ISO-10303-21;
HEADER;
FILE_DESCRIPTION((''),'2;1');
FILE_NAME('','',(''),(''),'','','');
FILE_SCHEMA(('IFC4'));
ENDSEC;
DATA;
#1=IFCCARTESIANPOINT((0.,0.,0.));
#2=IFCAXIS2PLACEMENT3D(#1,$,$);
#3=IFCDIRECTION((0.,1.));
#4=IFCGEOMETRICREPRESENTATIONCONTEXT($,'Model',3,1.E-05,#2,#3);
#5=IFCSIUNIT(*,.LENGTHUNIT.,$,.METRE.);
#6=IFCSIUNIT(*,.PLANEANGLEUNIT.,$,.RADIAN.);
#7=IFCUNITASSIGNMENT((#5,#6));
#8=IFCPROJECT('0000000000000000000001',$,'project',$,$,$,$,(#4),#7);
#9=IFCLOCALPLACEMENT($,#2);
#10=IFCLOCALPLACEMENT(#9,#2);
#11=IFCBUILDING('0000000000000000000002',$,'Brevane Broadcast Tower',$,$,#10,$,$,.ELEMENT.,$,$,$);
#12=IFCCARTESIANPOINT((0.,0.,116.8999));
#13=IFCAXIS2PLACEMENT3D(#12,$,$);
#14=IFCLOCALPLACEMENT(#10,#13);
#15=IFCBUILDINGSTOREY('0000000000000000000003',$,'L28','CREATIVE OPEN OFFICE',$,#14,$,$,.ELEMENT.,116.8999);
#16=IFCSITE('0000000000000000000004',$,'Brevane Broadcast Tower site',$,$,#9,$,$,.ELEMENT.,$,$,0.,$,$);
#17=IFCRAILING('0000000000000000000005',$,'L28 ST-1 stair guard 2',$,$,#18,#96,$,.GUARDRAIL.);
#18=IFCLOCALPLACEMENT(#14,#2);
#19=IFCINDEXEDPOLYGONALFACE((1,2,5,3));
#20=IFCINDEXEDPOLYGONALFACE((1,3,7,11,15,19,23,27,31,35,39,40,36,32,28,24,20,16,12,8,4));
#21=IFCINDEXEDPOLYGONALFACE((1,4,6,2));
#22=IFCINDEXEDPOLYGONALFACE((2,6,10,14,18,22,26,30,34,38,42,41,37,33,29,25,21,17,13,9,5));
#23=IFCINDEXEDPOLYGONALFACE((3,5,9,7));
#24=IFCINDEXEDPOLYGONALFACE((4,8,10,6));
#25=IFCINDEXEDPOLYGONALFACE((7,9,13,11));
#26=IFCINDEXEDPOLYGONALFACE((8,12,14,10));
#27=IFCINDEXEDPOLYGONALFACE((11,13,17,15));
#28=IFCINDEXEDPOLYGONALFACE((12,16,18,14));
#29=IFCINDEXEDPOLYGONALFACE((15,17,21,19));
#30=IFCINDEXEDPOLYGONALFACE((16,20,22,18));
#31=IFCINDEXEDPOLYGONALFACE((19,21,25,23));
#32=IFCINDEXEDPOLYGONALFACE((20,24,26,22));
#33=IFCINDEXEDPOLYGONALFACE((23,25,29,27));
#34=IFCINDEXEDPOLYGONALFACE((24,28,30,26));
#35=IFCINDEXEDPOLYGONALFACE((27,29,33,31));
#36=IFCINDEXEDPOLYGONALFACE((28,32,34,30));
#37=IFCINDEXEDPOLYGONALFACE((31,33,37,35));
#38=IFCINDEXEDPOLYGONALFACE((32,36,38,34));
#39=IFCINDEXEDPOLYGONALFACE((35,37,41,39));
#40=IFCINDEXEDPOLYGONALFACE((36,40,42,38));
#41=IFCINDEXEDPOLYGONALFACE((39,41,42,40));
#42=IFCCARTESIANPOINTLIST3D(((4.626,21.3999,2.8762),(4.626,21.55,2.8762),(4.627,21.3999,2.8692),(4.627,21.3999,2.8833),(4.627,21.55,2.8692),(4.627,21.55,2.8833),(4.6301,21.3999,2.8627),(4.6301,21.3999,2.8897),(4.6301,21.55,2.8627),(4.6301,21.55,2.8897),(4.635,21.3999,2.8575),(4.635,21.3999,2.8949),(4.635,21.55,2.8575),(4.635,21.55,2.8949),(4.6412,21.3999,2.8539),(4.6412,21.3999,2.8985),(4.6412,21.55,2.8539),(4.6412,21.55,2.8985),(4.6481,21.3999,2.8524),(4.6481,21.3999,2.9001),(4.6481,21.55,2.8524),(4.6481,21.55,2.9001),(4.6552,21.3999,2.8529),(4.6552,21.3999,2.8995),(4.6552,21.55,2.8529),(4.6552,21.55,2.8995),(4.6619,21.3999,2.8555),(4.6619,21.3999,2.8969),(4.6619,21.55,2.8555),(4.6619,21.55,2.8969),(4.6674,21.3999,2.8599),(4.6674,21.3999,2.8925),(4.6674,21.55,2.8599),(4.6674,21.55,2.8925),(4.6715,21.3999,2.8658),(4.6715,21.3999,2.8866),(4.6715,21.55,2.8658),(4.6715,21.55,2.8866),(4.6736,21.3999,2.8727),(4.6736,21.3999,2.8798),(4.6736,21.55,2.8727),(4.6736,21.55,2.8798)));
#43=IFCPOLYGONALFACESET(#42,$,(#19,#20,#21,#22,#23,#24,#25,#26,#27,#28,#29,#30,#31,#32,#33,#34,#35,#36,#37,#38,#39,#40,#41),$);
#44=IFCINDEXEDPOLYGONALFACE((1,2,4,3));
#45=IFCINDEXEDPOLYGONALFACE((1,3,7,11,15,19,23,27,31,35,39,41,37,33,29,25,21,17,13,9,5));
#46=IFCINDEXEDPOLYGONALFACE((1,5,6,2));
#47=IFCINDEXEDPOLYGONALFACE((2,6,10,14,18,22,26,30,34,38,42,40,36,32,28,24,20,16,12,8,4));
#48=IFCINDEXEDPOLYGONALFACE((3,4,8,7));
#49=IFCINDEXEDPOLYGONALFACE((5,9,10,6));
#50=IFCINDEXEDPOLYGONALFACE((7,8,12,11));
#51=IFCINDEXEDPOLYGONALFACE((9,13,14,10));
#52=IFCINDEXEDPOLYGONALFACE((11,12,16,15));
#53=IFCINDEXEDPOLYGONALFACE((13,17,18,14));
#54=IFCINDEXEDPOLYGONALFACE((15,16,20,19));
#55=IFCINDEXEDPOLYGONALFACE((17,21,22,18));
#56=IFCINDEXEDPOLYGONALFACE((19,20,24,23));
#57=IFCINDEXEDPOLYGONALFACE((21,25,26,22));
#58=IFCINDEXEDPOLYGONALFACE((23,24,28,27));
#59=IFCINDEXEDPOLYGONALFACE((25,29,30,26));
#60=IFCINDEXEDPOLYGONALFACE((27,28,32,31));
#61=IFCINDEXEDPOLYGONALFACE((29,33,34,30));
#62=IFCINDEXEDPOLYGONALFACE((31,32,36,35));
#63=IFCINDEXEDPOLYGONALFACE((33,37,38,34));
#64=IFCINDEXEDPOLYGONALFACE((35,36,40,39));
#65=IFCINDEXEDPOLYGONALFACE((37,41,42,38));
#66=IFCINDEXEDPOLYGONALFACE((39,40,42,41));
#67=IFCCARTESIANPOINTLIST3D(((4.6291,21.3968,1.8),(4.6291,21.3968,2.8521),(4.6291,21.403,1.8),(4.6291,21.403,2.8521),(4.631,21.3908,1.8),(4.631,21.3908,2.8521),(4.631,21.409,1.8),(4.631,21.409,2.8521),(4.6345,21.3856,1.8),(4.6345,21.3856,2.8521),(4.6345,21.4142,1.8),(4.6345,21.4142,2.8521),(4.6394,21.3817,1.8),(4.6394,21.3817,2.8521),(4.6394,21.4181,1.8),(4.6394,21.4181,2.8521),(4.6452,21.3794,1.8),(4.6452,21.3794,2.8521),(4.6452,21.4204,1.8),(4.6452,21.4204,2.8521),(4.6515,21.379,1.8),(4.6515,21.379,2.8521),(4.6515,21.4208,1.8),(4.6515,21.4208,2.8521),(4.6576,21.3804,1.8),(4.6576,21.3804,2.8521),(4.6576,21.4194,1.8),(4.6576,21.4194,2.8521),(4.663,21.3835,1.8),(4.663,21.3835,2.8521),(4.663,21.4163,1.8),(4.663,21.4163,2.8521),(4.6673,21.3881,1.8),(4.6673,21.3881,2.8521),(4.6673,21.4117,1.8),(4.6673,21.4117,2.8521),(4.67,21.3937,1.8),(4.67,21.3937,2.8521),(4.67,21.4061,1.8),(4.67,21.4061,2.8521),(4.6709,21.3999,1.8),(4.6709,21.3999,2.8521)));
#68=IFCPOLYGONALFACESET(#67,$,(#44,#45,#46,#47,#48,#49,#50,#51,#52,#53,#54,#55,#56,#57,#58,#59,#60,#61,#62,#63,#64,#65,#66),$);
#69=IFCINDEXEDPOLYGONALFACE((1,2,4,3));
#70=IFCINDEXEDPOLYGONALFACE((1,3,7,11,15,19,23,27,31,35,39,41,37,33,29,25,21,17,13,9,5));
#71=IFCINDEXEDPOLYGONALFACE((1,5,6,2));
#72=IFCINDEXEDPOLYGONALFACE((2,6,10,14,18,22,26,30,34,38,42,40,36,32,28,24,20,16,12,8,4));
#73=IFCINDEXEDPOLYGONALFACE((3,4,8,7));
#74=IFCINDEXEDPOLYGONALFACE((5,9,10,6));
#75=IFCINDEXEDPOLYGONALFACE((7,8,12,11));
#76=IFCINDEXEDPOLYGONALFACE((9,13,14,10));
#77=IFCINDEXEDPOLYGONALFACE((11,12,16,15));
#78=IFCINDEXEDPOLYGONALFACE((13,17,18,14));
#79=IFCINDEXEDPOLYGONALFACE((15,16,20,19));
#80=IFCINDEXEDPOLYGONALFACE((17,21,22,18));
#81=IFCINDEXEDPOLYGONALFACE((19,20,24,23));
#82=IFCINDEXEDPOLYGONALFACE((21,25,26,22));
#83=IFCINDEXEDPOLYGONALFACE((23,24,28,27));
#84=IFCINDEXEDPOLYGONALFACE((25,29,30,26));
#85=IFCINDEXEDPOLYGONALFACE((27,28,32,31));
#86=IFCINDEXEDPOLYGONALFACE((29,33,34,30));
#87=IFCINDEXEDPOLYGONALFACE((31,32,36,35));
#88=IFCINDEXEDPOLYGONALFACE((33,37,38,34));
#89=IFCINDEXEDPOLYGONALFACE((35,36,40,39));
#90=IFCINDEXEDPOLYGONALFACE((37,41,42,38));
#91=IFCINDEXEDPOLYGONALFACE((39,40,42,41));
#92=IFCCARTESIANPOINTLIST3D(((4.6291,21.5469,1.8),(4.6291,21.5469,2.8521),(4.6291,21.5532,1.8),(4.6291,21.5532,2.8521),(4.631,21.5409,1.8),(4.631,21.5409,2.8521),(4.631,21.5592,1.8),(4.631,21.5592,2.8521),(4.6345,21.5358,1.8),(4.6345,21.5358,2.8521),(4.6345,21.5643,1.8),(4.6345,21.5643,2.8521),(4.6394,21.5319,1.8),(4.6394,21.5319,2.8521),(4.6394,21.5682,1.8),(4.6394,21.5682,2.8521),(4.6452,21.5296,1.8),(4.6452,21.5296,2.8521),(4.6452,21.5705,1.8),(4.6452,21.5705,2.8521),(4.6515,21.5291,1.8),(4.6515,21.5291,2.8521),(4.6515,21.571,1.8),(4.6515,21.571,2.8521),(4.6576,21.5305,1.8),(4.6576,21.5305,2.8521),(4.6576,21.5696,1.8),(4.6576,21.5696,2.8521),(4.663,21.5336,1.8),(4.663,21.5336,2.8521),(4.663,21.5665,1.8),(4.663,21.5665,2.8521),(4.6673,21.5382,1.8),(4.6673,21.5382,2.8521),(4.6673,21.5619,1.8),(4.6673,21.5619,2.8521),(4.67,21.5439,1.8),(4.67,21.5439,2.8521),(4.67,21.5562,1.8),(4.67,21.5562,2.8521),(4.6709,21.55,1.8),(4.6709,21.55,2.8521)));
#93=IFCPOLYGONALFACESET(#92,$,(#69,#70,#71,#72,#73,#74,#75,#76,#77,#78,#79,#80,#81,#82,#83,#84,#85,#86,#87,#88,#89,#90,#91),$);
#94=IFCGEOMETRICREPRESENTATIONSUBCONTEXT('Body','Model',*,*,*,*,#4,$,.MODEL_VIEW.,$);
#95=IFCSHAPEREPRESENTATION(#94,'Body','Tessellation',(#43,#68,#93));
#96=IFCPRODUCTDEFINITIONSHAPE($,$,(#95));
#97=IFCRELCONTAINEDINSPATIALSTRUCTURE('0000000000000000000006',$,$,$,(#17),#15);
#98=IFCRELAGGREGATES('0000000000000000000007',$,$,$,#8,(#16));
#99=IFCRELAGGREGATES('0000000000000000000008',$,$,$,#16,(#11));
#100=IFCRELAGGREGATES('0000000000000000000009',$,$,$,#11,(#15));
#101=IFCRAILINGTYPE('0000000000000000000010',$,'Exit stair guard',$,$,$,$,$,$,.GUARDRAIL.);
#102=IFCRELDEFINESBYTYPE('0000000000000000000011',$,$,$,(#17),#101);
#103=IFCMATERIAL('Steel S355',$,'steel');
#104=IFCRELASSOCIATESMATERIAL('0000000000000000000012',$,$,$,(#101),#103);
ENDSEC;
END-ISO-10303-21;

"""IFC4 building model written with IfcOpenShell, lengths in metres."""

from ifc_helpers import new_model, si_unit, direction, frame, origin, origin_2d, place, context, subcontext, project, spatial, circle, extrude, material, type_object, element, save


model = new_model("IFC4")

# Units and contexts
model_context = context("Model", 3, precision=1e-05, world=origin(), true_north=direction((0.0, 1.0)))
body_context = subcontext(model_context, "Body", "Model", "MODEL_VIEW")
ifc_project = project(units=[si_unit("LENGTHUNIT", "METRE"), si_unit("PLANEANGLEUNIT", "RADIAN")], contexts=[model_context])

# Site, building, storey
site_placement = place(None, origin())
site = spatial("IfcSite", under=ifc_project, at=site_placement, Name="Brevane Broadcast Tower site", CompositionType="ELEMENT", RefElevation=0.0)
building_placement = place(site_placement, origin())
building = spatial("IfcBuilding", under=site, at=building_placement, Name="Brevane Broadcast Tower", CompositionType="ELEMENT")
storey_placement = place(building_placement, frame((0.0, 0.0, 116.8999)))
storey = spatial("IfcBuildingStorey", under=building, at=storey_placement, Name="L28", Description="CREATIVE OPEN OFFICE", CompositionType="ELEMENT", Elevation=116.8999)

# Railing
ifc_material_1 = material(Name="Steel S355", Category="steel")
railing_type_1 = type_object("IfcRailingType", Name="Exit stair guard", PredefinedType="GUARDRAIL", material=ifc_material_1)
railing_1_placement = place(storey_placement, frame((4.6499, 21.3999, 1.8)))
element("IfcRailing", 1, at=railing_1_placement, inside=storey, type_object=railing_type_1, Name="L28 ST-1 stair guard 2", PredefinedType="GUARDRAIL", context=body_context, shape_type="SweptSolid", body=[
    extrude(circle(Radius=0.0239, at=origin_2d()), frame((0.0, 0.0, 1.0762), z_axis=(0.0, 1.0, 0.0), x_axis=(-1.0, 0.0, 0.0)), (0.0, 0.0, 1.0), 0.1501),
    extrude(circle(Radius=0.021, at=origin_2d()), origin(), (0.0, 0.0, 1.0), 1.052),
    extrude(circle(Radius=0.021, at=origin_2d()), frame((0.0, 0.1501, 0.0)), (0.0, 0.0, 1.0), 1.052),
])

save(model, "model.ifc")
